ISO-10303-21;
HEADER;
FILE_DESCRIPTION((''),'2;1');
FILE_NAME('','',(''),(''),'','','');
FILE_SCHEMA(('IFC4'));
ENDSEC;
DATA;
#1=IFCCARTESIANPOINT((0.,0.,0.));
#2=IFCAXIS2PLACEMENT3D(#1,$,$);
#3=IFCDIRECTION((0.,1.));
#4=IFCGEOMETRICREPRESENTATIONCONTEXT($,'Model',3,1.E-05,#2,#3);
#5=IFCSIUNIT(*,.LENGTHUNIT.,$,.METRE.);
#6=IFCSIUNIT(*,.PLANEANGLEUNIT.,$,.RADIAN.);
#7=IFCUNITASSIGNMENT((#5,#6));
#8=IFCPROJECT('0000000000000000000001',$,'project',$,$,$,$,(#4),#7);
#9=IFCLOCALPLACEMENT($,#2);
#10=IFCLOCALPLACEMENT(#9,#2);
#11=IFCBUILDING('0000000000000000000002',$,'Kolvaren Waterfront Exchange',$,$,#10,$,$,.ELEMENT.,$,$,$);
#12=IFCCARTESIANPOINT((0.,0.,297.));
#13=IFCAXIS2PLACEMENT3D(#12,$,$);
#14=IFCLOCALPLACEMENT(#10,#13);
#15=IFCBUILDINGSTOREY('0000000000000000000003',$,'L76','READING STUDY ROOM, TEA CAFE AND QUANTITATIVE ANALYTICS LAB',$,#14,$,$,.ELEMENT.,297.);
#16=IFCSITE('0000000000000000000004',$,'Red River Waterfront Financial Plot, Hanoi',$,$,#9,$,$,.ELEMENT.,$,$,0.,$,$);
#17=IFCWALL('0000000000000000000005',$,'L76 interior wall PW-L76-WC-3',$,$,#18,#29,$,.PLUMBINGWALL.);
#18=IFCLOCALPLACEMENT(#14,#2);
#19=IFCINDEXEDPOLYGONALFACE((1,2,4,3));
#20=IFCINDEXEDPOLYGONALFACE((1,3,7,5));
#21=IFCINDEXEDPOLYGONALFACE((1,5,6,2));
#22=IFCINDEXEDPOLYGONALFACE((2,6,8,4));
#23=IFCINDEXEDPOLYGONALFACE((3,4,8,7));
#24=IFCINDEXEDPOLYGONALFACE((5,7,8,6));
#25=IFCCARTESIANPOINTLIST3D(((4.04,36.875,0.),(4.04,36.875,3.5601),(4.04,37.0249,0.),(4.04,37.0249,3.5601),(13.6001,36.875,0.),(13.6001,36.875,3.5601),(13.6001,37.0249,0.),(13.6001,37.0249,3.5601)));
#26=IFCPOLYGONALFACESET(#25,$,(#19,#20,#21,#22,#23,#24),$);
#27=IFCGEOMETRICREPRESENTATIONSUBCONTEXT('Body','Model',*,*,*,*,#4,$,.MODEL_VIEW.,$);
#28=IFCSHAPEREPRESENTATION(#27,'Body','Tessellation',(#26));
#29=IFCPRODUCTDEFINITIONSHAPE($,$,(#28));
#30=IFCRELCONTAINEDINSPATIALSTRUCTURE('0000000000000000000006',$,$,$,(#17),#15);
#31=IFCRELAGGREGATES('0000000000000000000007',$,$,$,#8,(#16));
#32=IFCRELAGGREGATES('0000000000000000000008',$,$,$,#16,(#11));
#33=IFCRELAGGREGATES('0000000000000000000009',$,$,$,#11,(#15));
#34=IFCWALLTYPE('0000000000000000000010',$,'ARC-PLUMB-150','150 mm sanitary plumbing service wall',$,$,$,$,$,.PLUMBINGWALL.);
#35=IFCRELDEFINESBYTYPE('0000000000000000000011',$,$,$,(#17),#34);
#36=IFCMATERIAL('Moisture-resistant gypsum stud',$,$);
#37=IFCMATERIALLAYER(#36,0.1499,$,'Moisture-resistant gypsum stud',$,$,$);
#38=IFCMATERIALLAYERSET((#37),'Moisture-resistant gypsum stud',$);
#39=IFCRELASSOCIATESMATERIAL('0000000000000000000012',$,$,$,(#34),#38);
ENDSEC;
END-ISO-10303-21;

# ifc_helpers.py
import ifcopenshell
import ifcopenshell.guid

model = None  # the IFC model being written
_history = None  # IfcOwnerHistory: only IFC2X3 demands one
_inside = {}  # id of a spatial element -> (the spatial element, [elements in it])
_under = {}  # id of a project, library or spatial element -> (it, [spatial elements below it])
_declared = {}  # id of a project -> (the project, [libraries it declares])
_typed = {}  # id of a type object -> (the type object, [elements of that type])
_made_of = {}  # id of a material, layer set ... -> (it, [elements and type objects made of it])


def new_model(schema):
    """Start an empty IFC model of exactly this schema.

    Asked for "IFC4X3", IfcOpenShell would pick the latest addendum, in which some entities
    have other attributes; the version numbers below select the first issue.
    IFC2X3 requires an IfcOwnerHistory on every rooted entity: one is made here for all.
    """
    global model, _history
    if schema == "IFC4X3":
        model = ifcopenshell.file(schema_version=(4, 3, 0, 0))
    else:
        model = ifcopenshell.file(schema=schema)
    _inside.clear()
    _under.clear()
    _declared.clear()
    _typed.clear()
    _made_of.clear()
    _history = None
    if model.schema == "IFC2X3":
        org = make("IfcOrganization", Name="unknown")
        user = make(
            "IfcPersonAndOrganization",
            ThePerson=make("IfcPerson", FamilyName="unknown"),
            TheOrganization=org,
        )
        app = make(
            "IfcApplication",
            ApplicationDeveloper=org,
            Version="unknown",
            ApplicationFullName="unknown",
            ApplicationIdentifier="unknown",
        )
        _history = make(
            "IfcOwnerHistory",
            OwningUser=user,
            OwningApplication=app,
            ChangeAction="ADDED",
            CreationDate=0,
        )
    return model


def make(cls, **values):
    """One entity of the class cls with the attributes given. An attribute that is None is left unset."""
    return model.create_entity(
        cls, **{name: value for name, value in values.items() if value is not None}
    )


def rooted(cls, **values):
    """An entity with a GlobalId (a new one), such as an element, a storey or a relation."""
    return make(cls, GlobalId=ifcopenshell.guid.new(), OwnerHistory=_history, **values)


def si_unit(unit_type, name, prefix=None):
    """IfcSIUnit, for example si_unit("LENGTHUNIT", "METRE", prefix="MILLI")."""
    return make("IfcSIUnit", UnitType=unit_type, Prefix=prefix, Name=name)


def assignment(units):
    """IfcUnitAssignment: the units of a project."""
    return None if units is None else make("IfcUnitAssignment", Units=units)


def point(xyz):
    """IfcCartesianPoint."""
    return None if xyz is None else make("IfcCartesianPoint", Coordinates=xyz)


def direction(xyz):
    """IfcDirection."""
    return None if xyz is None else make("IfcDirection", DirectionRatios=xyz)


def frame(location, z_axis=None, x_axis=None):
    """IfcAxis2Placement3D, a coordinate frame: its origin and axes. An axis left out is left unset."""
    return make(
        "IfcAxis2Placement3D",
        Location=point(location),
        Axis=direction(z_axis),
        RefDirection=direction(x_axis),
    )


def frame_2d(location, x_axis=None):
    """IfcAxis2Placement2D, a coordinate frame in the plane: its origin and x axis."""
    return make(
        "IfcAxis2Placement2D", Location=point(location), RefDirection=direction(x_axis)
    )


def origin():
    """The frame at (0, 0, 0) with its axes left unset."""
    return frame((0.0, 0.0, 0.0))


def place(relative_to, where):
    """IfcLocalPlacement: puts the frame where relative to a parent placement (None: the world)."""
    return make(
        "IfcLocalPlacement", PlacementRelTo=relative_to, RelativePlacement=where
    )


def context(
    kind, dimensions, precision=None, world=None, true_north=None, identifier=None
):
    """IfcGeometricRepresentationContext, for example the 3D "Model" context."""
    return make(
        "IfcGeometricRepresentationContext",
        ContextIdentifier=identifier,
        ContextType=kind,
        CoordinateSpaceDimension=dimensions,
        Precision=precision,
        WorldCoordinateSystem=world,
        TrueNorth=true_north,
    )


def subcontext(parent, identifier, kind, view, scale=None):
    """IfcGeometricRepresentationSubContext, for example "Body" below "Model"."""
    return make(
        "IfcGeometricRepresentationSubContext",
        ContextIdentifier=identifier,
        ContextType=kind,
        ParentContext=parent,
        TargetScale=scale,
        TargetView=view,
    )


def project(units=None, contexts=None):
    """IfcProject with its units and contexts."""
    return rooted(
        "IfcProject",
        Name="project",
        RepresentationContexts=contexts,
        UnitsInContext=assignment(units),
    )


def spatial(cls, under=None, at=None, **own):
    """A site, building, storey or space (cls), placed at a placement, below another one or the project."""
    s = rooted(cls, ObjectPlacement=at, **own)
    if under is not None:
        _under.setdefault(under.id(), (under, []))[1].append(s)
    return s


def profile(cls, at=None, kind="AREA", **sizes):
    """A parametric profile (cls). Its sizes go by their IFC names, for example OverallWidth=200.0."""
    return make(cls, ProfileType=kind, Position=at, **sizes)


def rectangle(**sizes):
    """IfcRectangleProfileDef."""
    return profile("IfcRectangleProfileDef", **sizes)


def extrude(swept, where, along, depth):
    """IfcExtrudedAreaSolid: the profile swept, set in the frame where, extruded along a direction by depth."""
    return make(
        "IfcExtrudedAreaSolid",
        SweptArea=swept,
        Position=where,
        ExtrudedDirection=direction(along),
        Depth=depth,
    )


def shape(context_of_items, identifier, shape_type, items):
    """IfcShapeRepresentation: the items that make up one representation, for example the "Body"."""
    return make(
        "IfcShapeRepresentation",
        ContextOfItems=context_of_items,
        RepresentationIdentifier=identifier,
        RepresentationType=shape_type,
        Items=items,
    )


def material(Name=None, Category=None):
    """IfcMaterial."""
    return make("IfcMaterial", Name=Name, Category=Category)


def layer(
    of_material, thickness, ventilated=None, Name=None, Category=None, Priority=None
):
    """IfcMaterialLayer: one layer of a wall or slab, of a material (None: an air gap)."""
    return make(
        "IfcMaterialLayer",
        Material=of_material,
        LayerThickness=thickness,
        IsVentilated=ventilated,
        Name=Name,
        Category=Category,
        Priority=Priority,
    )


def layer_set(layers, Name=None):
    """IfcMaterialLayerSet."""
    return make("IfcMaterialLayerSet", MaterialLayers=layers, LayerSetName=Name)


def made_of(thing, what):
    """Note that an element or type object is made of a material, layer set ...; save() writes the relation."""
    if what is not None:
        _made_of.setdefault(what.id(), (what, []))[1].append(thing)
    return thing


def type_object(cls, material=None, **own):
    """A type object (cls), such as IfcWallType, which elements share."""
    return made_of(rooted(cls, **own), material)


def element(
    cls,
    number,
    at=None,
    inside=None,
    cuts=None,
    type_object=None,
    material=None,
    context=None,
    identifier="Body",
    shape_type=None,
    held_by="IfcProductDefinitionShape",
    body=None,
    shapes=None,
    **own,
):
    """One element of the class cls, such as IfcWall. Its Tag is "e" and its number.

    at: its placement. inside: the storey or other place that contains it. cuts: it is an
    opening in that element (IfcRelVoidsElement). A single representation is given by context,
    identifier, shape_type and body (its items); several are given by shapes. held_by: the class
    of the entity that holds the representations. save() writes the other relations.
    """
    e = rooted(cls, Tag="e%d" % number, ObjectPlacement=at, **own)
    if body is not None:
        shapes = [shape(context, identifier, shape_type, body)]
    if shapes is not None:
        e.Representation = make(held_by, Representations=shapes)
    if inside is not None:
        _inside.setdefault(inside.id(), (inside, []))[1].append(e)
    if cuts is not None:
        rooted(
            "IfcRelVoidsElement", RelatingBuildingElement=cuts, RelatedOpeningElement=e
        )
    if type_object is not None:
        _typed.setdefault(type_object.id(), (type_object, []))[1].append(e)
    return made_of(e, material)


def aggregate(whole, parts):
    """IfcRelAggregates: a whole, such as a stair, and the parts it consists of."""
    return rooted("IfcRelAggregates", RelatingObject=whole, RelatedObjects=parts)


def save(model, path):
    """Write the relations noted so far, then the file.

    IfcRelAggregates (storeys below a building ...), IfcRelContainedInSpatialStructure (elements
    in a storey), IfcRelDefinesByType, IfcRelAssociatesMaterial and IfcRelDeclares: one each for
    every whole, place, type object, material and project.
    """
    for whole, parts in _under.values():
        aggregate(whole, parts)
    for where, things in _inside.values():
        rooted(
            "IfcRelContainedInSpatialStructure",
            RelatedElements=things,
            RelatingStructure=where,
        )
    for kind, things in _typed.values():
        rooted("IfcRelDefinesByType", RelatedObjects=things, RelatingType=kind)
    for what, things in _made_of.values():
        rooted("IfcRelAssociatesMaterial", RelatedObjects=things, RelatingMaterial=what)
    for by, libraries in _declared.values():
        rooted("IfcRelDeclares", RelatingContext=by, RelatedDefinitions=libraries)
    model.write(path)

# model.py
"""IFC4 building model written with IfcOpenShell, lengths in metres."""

from ifc_helpers import new_model, si_unit, direction, frame, frame_2d, origin, place, context, subcontext, project, spatial, rectangle, extrude, material, layer, layer_set, type_object, element, save


model = new_model("IFC4")

# Units and contexts
model_context = context("Model", 3, precision=1e-05, world=origin(), true_north=direction((0.0, 1.0)))
body_context = subcontext(model_context, "Body", "Model", "MODEL_VIEW")
ifc_project = project(units=[si_unit("LENGTHUNIT", "METRE"), si_unit("PLANEANGLEUNIT", "RADIAN")], contexts=[model_context])

# Site, building, storey
site_placement = place(None, origin())
site = spatial("IfcSite", under=ifc_project, at=site_placement, Name="Red River Waterfront Financial Plot, Hanoi", CompositionType="ELEMENT", RefElevation=0.0)
building_placement = place(site_placement, origin())
building = spatial("IfcBuilding", under=site, at=building_placement, Name="Kolvaren Waterfront Exchange", CompositionType="ELEMENT")
storey_placement = place(building_placement, frame((0.0, 0.0, 297.0)))
storey = spatial("IfcBuildingStorey", under=building, at=storey_placement, Name="L76", Description="READING STUDY ROOM, TEA CAFE AND QUANTITATIVE ANALYTICS LAB", CompositionType="ELEMENT", Elevation=297.0)

# Wall
ifc_material_1 = material(Name="Moisture-resistant gypsum stud")
ifc_layer_1 = layer(ifc_material_1, 0.1499, Name="Moisture-resistant gypsum stud")
ifc_layer_set_1 = layer_set([ifc_layer_1], Name="Moisture-resistant gypsum stud")
wall_type_1 = type_object("IfcWallType", Name="ARC-PLUMB-150", Description="150 mm sanitary plumbing service wall", PredefinedType="PLUMBINGWALL", material=ifc_layer_set_1)
wall_1_placement = place(storey_placement, frame((4.04, 36.95, 0.0), z_axis=(0.0, 0.0, 1.0), x_axis=(1.0, 0.0, 0.0)))
element("IfcWall", 1, at=wall_1_placement, inside=storey, type_object=wall_type_1, Name="L76 interior wall PW-L76-WC-3", PredefinedType="PLUMBINGWALL", context=body_context, shape_type="SweptSolid", body=[
    extrude(rectangle(XDim=9.5601, YDim=0.1499, at=frame_2d((4.78, 0.0))), origin(), (0.0, 0.0, 1.0), 3.5601),
])

save(model, "model.ifc")
